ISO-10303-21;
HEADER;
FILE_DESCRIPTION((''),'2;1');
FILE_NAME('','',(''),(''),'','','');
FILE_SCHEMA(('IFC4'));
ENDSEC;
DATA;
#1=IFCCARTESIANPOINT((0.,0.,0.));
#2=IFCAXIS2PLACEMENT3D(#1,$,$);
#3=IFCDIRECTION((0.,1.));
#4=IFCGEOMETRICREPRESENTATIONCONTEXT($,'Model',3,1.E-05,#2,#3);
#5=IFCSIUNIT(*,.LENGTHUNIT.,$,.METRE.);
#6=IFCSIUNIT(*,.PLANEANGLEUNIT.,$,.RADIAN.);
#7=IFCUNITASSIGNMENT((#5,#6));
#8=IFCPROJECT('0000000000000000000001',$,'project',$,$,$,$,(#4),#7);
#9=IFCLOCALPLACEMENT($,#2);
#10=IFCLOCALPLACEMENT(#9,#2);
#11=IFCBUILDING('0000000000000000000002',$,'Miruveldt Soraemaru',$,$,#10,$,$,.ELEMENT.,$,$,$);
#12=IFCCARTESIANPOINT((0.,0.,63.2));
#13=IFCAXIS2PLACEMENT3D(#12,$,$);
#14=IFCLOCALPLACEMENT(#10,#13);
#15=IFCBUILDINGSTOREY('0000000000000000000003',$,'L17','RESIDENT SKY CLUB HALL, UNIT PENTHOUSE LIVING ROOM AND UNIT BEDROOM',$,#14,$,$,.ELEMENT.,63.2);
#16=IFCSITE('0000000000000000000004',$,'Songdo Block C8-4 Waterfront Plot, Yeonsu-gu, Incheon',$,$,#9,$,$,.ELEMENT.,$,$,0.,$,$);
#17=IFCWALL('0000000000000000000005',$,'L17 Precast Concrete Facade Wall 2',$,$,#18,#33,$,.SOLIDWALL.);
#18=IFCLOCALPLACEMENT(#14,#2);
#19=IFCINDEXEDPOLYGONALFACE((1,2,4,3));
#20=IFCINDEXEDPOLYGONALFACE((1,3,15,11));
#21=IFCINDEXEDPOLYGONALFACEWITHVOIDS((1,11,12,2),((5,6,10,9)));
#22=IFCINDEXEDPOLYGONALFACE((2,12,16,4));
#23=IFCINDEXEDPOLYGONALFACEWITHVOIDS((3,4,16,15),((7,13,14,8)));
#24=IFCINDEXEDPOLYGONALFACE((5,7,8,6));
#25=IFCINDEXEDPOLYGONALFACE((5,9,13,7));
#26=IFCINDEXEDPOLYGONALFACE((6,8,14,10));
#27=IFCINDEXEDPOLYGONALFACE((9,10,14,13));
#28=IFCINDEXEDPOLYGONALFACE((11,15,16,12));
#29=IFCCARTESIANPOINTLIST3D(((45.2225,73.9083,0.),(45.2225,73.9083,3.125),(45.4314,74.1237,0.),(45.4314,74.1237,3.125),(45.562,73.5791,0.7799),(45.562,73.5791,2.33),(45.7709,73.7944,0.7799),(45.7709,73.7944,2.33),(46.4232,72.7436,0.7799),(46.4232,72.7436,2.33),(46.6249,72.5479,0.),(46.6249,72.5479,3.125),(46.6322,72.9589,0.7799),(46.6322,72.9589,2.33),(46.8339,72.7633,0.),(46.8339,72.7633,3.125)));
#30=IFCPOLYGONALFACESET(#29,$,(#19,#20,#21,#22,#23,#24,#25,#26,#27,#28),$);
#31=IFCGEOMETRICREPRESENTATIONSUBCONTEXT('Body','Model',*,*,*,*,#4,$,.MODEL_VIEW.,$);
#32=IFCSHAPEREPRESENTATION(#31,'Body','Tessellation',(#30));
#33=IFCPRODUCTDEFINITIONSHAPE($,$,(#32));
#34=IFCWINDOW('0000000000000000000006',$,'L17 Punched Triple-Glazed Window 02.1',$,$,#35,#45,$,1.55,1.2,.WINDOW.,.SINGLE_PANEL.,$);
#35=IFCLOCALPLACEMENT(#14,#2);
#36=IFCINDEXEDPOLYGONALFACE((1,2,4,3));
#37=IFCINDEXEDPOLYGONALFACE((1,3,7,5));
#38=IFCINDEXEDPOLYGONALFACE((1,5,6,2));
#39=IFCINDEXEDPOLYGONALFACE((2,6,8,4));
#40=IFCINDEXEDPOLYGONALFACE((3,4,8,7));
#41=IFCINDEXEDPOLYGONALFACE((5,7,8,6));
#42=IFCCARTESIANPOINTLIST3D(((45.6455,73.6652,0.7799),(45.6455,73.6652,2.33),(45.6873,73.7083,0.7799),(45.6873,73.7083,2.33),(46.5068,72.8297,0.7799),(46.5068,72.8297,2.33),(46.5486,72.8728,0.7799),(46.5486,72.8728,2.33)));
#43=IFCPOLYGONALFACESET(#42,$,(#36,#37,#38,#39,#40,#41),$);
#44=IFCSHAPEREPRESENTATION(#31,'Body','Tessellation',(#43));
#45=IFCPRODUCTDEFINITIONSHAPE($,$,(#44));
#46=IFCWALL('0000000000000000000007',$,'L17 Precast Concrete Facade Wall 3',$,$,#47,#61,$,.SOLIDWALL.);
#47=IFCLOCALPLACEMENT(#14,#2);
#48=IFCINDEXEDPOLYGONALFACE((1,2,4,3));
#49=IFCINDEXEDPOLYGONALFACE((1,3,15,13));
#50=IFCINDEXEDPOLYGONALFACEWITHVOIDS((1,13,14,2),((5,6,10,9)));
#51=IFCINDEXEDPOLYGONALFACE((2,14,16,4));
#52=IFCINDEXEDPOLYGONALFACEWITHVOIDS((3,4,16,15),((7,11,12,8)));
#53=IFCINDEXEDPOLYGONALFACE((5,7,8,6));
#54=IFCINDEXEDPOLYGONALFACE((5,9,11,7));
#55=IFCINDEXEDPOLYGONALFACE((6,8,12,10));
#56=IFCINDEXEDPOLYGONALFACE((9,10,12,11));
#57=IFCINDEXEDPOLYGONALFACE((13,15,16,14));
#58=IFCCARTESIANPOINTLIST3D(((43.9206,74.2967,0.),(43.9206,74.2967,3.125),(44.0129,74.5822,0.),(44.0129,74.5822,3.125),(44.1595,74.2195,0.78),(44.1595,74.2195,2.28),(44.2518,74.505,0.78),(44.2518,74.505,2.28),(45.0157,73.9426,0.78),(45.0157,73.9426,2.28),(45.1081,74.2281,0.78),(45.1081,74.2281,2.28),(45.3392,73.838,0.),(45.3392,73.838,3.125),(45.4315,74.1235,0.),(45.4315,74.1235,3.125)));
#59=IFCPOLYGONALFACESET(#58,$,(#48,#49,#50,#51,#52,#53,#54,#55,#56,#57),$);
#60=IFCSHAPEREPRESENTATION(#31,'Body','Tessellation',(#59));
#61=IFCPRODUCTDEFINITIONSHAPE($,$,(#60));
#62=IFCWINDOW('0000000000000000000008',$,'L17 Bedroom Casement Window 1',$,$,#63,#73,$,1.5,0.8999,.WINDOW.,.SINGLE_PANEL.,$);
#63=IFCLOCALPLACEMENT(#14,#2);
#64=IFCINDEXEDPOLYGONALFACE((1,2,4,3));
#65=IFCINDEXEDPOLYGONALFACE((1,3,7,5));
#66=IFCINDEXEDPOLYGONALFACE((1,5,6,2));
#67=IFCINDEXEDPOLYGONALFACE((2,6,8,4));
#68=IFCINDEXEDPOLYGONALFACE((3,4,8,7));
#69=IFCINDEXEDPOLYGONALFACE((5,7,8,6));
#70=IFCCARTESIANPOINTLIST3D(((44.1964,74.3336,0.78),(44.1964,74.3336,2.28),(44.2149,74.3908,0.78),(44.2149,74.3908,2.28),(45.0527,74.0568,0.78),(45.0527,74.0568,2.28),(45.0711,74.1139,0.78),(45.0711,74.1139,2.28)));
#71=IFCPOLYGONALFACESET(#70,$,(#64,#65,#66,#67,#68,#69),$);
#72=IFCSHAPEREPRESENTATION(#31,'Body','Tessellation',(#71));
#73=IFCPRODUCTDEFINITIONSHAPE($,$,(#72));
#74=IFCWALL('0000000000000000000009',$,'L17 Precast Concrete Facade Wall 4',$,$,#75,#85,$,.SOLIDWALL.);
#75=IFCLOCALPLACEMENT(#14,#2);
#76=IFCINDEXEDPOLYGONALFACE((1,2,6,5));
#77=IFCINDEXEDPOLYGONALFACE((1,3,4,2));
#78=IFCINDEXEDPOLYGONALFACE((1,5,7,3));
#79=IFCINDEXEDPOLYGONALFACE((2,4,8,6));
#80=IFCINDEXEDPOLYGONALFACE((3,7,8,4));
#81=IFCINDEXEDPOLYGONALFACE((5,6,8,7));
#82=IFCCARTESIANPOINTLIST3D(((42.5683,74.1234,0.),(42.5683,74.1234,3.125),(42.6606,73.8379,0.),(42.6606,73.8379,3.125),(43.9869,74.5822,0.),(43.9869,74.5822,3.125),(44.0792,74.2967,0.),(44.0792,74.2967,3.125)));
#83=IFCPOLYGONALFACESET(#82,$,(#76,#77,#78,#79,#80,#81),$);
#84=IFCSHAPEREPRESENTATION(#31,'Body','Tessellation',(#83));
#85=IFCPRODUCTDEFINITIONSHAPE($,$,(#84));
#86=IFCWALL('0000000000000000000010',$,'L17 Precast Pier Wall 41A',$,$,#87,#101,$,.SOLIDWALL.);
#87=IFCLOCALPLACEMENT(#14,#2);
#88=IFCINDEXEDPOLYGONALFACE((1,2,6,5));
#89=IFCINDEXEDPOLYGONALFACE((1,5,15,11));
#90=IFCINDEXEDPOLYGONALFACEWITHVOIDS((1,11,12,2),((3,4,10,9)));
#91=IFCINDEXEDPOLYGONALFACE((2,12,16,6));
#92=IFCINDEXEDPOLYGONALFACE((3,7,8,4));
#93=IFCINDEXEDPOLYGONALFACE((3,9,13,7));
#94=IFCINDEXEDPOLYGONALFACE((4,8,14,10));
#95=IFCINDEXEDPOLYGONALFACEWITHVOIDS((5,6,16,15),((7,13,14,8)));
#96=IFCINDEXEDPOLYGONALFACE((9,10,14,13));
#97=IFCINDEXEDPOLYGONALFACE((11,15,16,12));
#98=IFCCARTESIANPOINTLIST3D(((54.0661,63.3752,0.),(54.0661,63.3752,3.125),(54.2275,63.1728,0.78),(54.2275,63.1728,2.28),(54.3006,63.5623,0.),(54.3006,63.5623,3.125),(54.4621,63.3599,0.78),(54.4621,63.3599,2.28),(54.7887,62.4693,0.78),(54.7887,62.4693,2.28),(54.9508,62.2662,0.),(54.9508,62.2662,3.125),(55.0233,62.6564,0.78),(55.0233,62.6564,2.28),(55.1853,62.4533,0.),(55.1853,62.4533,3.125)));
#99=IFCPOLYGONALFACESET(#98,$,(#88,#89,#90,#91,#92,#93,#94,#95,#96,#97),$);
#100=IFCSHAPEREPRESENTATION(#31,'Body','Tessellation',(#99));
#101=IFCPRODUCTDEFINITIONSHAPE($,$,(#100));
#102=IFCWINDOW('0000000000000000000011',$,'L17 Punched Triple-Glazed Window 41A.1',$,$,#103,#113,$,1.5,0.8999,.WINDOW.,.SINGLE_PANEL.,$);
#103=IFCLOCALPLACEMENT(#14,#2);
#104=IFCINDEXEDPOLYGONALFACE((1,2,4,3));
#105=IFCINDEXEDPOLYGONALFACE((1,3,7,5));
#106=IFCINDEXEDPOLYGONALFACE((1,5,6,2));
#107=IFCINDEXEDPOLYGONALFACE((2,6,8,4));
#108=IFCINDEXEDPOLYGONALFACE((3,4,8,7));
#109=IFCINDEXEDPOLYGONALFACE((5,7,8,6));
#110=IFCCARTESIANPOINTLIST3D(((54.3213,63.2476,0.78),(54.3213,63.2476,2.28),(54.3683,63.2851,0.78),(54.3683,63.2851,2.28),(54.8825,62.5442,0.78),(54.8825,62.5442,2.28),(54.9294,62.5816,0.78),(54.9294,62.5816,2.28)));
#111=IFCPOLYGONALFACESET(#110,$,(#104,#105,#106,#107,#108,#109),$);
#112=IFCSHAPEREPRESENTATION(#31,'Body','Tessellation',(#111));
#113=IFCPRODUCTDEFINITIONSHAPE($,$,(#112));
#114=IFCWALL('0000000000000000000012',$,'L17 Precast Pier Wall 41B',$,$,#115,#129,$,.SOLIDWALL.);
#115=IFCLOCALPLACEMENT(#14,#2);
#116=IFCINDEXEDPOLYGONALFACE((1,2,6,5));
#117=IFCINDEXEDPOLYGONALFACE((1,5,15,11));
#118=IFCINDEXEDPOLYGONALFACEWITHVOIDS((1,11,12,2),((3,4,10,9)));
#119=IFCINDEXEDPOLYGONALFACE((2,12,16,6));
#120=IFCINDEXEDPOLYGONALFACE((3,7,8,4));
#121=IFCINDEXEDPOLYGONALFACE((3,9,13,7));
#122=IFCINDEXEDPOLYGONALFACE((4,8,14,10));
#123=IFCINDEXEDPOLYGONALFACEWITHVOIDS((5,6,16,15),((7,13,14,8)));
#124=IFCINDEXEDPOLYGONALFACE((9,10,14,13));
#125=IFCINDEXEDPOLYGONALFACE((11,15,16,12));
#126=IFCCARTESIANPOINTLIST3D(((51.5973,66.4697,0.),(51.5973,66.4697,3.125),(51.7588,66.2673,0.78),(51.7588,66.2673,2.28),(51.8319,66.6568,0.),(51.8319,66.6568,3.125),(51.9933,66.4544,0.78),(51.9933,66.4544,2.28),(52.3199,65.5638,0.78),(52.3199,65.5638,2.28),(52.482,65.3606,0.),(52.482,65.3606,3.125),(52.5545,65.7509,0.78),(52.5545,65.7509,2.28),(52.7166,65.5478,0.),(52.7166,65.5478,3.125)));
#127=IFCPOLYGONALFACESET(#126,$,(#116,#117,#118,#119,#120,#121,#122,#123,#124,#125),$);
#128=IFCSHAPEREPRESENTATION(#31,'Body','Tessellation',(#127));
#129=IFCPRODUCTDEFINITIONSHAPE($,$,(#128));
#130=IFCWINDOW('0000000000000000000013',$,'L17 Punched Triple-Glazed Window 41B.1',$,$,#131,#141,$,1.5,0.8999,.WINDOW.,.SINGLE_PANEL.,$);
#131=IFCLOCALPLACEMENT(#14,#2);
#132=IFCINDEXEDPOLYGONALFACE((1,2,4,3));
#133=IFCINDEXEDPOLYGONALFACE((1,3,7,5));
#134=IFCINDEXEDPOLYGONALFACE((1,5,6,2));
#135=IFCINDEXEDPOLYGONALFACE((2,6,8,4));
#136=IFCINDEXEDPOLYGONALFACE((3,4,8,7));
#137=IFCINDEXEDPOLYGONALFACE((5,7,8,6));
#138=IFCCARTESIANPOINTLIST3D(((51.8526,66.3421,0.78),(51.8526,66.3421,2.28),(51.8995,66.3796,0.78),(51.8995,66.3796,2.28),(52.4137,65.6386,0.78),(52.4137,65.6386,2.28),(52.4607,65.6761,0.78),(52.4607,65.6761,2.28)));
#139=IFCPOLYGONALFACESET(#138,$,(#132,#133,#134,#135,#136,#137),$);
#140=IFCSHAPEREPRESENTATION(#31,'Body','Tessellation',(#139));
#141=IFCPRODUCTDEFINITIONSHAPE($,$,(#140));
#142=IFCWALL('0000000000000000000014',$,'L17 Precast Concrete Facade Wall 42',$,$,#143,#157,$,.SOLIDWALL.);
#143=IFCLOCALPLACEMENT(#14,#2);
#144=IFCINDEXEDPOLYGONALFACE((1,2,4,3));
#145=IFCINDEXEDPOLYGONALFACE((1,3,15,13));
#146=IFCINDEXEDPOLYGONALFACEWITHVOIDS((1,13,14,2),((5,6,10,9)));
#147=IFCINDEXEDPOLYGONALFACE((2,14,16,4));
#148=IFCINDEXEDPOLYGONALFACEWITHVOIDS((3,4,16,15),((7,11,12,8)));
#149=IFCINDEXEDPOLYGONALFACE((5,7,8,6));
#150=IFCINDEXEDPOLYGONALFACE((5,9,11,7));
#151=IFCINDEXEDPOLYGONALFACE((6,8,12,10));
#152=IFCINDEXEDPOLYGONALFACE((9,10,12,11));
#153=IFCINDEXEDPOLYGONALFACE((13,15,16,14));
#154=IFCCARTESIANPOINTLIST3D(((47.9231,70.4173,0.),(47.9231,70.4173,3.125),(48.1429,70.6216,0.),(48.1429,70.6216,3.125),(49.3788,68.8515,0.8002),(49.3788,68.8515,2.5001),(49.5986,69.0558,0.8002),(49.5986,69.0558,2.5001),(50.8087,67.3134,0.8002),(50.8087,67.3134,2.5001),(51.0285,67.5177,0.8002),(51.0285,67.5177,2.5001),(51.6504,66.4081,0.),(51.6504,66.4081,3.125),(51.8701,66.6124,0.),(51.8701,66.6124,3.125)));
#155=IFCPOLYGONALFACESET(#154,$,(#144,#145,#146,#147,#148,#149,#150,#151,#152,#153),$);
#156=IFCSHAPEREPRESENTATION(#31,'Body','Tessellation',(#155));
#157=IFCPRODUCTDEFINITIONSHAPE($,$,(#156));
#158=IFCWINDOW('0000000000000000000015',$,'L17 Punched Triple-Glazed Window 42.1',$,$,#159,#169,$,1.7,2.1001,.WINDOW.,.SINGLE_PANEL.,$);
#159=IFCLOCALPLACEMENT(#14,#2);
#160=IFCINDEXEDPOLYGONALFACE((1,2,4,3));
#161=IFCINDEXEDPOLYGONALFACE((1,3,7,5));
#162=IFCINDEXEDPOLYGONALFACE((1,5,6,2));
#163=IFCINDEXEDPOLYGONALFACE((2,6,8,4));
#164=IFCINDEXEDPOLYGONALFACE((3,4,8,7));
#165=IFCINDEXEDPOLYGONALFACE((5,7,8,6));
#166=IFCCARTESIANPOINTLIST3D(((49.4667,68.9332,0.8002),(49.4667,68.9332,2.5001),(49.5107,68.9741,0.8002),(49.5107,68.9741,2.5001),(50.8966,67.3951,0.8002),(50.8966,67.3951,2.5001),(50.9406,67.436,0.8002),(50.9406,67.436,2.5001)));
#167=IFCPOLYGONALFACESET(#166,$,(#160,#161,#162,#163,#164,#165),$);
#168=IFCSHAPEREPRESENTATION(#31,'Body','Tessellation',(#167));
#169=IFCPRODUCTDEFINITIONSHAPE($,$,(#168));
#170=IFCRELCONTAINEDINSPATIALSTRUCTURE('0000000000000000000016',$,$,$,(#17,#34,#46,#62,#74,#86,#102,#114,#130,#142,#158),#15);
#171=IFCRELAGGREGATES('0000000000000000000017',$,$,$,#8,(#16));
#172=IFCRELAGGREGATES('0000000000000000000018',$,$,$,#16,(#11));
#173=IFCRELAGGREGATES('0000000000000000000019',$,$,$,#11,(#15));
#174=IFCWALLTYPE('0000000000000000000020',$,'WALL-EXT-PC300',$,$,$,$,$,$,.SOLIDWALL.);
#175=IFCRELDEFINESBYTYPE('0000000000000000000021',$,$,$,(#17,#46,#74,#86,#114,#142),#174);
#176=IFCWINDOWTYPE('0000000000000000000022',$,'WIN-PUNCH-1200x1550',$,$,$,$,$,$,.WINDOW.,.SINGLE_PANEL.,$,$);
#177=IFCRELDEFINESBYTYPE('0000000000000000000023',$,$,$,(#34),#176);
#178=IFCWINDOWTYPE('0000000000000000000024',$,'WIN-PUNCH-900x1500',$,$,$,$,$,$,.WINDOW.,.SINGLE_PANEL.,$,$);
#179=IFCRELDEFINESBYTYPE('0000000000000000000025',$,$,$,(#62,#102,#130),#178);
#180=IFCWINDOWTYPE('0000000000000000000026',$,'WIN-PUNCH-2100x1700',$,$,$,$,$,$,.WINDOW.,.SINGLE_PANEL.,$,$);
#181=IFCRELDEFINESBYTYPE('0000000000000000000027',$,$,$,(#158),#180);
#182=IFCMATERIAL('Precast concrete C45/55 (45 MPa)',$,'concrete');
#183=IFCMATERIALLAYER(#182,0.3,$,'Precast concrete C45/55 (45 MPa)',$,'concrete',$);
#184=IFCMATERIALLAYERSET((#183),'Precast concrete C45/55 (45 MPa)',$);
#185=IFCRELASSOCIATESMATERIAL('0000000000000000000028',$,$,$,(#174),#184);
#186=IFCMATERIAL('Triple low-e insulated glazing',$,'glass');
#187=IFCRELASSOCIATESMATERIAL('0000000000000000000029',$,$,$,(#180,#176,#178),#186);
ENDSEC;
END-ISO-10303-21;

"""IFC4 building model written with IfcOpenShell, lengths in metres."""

from ifc_helpers import new_model, si_unit, direction, frame, frame_2d, origin, place, context, subcontext, project, spatial, rectangle, extrude, material, layer, layer_set, type_object, element, fill, save


model = new_model("IFC4")

# Units and contexts
model_context = context("Model", 3, precision=1e-05, world=origin(), true_north=direction((0.0, 1.0)))
body_context = subcontext(model_context, "Body", "Model", "MODEL_VIEW")
ifc_project = project(units=[si_unit("LENGTHUNIT", "METRE"), si_unit("PLANEANGLEUNIT", "RADIAN")], contexts=[model_context])

# Site, building, storey
site_placement = place(None, origin())
site = spatial("IfcSite", under=ifc_project, at=site_placement, Name="Songdo Block C8-4 Waterfront Plot, Yeonsu-gu, Incheon", CompositionType="ELEMENT", RefElevation=0.0)
building_placement = place(site_placement, origin())
building = spatial("IfcBuilding", under=site, at=building_placement, Name="Miruveldt Soraemaru", CompositionType="ELEMENT")
storey_placement = place(building_placement, frame((0.0, 0.0, 63.2)))
storey = spatial("IfcBuildingStorey", under=building, at=storey_placement, Name="L17", Description="RESIDENT SKY CLUB HALL, UNIT PENTHOUSE LIVING ROOM AND UNIT BEDROOM", CompositionType="ELEMENT", Elevation=63.2)

# Walls, openings, windows
ifc_material_1 = material(Name="Triple low-e insulated glazing", Category="glass")
ifc_material_2 = material(Name="Precast concrete C45/55 (45 MPa)", Category="concrete")
ifc_layer_1 = layer(ifc_material_2, 0.3, Name="Precast concrete C45/55 (45 MPa)", Category="concrete")
ifc_layer_set_1 = layer_set([ifc_layer_1], Name="Precast concrete C45/55 (45 MPa)")
wall_type_1 = type_object("IfcWallType", Name="WALL-EXT-PC300", PredefinedType="SOLIDWALL", material=ifc_layer_set_1)
window_type_1 = type_object("IfcWindowType", Name="WIN-PUNCH-2100x1700", PartitioningType="SINGLE_PANEL", PredefinedType="WINDOW", material=ifc_material_1)
wall_1_placement = place(storey_placement, frame((46.7295, 72.6555, 0.0), z_axis=(0.0, 0.0, 1.0), x_axis=(-0.717772, 0.696279, 0.0)))
wall_1 = element("IfcWall", 1, at=wall_1_placement, inside=storey, type_object=wall_type_1, Name="L17 Precast Concrete Facade Wall 2", PredefinedType="SOLIDWALL", context=body_context, shape_type="SweptSolid", body=[
    extrude(rectangle(XDim=1.9539, YDim=0.3, at=frame_2d((0.9771, 0.0))), origin(), (0.0, 0.0, 1.0), 3.125),
])
opening_1_placement = place(wall_1_placement, frame((0.281, 0.0, 0.78)))
opening_1 = element("IfcOpeningElement", 2, at=opening_1_placement, cuts=wall_1, PredefinedType="OPENING", context=body_context, shape_type="SweptSolid", body=[
    extrude(rectangle(XDim=1.2, YDim=1.55, at=frame_2d((0.6001, 0.7749))), frame((0.0, 0.1602, 0.0), z_axis=(0.0, -1.0, 0.0), x_axis=(1.0, 0.0, 0.0)), (0.0, 0.0, 1.0), 0.3201),
])
window_type_2 = type_object("IfcWindowType", Name="WIN-PUNCH-1200x1550", PartitioningType="SINGLE_PANEL", PredefinedType="WINDOW", material=ifc_material_1)
window_1_placement = place(opening_1_placement, origin())
window_1 = element("IfcWindow", 3, at=window_1_placement, inside=storey, type_object=window_type_2, Name="L17 Punched Triple-Glazed Window 02.1", OverallHeight=1.55, OverallWidth=1.2, PartitioningType="SINGLE_PANEL", PredefinedType="WINDOW", context=body_context, shape_type="SweptSolid", body=[
    extrude(rectangle(XDim=1.2, YDim=1.55, at=frame_2d((0.6001, 0.7749))), frame((0.0, 0.03, 0.0), z_axis=(0.0, -1.0, 0.0), x_axis=(1.0, 0.0, 0.0)), (0.0, 0.0, 1.0), 0.0601),
])
fill(opening_1, window_1)
wall_2_placement = place(storey_placement, frame((45.3855, 73.9807, 0.0), z_axis=(0.0, 0.0, 1.0), x_axis=(-0.951494, 0.307668, 0.0)))
wall_2 = element("IfcWall", 4, at=wall_2_placement, inside=storey, type_object=wall_type_1, Name="L17 Precast Concrete Facade Wall 3", PredefinedType="SOLIDWALL", context=body_context, shape_type="SweptSolid", body=[
    extrude(rectangle(XDim=1.491, YDim=0.3, at=frame_2d((0.7456, 0.0))), origin(), (0.0, 0.0, 1.0), 3.125),
])
opening_2_placement = place(wall_2_placement, frame((0.3401, 0.0, 0.78)))
opening_2 = element("IfcOpeningElement", 5, at=opening_2_placement, cuts=wall_2, PredefinedType="OPENING", context=body_context, shape_type="SweptSolid", body=[
    extrude(rectangle(XDim=0.8999, YDim=1.5, at=frame_2d((0.45, 0.75))), frame((0.0, 0.1602, 0.0), z_axis=(0.0, -1.0, 0.0), x_axis=(1.0, 0.0, 0.0)), (0.0, 0.0, 1.0), 0.3201),
])
window_type_3 = type_object("IfcWindowType", Name="WIN-PUNCH-900x1500", PartitioningType="SINGLE_PANEL", PredefinedType="WINDOW", material=ifc_material_1)
window_2_placement = place(opening_2_placement, origin())
window_2 = element("IfcWindow", 6, at=window_2_placement, inside=storey, type_object=window_type_3, Name="L17 Bedroom Casement Window 1", OverallHeight=1.5, OverallWidth=0.8999, PartitioningType="SINGLE_PANEL", PredefinedType="WINDOW", context=body_context, shape_type="SweptSolid", body=[
    extrude(rectangle(XDim=0.8999, YDim=1.5, at=frame_2d((0.45, 0.75))), frame((0.0, 0.03, 0.0), z_axis=(0.0, -1.0, 0.0), x_axis=(1.0, 0.0, 0.0)), (0.0, 0.0, 1.0), 0.0601),
])
fill(opening_2, window_2)

# Wall
wall_3_placement = place(storey_placement, frame((44.0332, 74.4395, 0.0), z_axis=(0.0, 0.0, 1.0), x_axis=(-0.951494, -0.307668, 0.0)))
element("IfcWall", 7, at=wall_3_placement, inside=storey, type_object=wall_type_1, Name="L17 Precast Concrete Facade Wall 4", PredefinedType="SOLIDWALL", context=body_context, shape_type="SweptSolid", body=[
    extrude(rectangle(XDim=1.491, YDim=0.3, at=frame_2d((0.7456, 0.0))), origin(), (0.0, 0.0, 1.0), 3.125),
])

# Walls, openings, windows
wall_4_placement = place(storey_placement, frame((55.0681, 62.3596, 0.0), z_axis=(0.0, 0.0, 1.0), x_axis=(-0.623603, 0.781741, 0.0)))
wall_4 = element("IfcWall", 8, at=wall_4_placement, inside=storey, type_object=wall_type_1, Name="L17 Precast Pier Wall 41A", PredefinedType="SOLIDWALL", context=body_context, shape_type="SweptSolid", body=[
    extrude(rectangle(XDim=1.4187, YDim=0.3, at=frame_2d((0.7095, 0.0))), origin(), (0.0, 0.0, 1.0), 3.125),
])
opening_3_placement = place(wall_4_placement, frame((0.26, 0.0, 0.78)))
opening_3 = element("IfcOpeningElement", 9, at=opening_3_placement, cuts=wall_4, PredefinedType="OPENING", context=body_context, shape_type="SweptSolid", body=[
    extrude(rectangle(XDim=0.8999, YDim=1.5, at=frame_2d((0.45, 0.75))), frame((0.0, 0.1602, 0.0), z_axis=(0.0, -1.0, 0.0), x_axis=(1.0, 0.0, 0.0)), (0.0, 0.0, 1.0), 0.3201),
])
window_3_placement = place(opening_3_placement, origin())
window_3 = element("IfcWindow", 10, at=window_3_placement, inside=storey, type_object=window_type_3, Name="L17 Punched Triple-Glazed Window 41A.1", OverallHeight=1.5, OverallWidth=0.8999, PartitioningType="SINGLE_PANEL", PredefinedType="WINDOW", context=body_context, shape_type="SweptSolid", body=[
    extrude(rectangle(XDim=0.8999, YDim=1.5, at=frame_2d((0.45, 0.75))), frame((0.0, 0.03, 0.0), z_axis=(0.0, -1.0, 0.0), x_axis=(1.0, 0.0, 0.0)), (0.0, 0.0, 1.0), 0.0601),
])
fill(opening_3, window_3)
wall_5_placement = place(storey_placement, frame((52.5994, 65.4541, 0.0), z_axis=(0.0, 0.0, 1.0), x_axis=(-0.623603, 0.781741, 0.0)))
wall_5 = element("IfcWall", 11, at=wall_5_placement, inside=storey, type_object=wall_type_1, Name="L17 Precast Pier Wall 41B", PredefinedType="SOLIDWALL", context=body_context, shape_type="SweptSolid", body=[
    extrude(rectangle(XDim=1.4187, YDim=0.3, at=frame_2d((0.7095, 0.0))), origin(), (0.0, 0.0, 1.0), 3.125),
])
opening_4_placement = place(wall_5_placement, frame((0.26, 0.0, 0.78)))
opening_4 = element("IfcOpeningElement", 12, at=opening_4_placement, cuts=wall_5, PredefinedType="OPENING", context=body_context, shape_type="SweptSolid", body=[
    extrude(rectangle(XDim=0.8999, YDim=1.5, at=frame_2d((0.45, 0.75))), frame((0.0, 0.1602, 0.0), z_axis=(0.0, -1.0, 0.0), x_axis=(1.0, 0.0, 0.0)), (0.0, 0.0, 1.0), 0.3201),
])
window_4_placement = place(opening_4_placement, origin())
window_4 = element("IfcWindow", 13, at=window_4_placement, inside=storey, type_object=window_type_3, Name="L17 Punched Triple-Glazed Window 41B.1", OverallHeight=1.5, OverallWidth=0.8999, PartitioningType="SINGLE_PANEL", PredefinedType="WINDOW", context=body_context, shape_type="SweptSolid", body=[
    extrude(rectangle(XDim=0.8999, YDim=1.5, at=frame_2d((0.45, 0.75))), frame((0.0, 0.03, 0.0), z_axis=(0.0, -1.0, 0.0), x_axis=(1.0, 0.0, 0.0)), (0.0, 0.0, 1.0), 0.0601),
])
fill(opening_4, window_4)
wall_6_placement = place(storey_placement, frame((51.7603, 66.5103, 0.0), z_axis=(0.0, 0.0, 1.0), x_axis=(-0.680882, 0.732393, 0.0)))
wall_6 = element("IfcWall", 14, at=wall_6_placement, inside=storey, type_object=wall_type_1, Name="L17 Precast Concrete Facade Wall 42", PredefinedType="SOLIDWALL", context=body_context, shape_type="SweptSolid", body=[
    extrude(rectangle(XDim=5.4741, YDim=0.3, at=frame_2d((2.7371, 0.0))), origin(), (0.0, 0.0, 1.0), 3.125),
])
opening_5_placement = place(wall_6_placement, frame((1.2361, 0.0, 0.8)))
opening_5 = element("IfcOpeningElement", 15, at=opening_5_placement, cuts=wall_6, PredefinedType="OPENING", context=body_context, shape_type="SweptSolid", body=[
    extrude(rectangle(XDim=2.1001, YDim=1.7, at=frame_2d((1.05, 0.8501))), frame((0.0, 0.1602, 0.0), z_axis=(0.0, -1.0, 0.0), x_axis=(1.0, 0.0, 0.0)), (0.0, 0.0, 1.0), 0.3201),
])
window_5_placement = place(opening_5_placement, origin())
window_5 = element("IfcWindow", 16, at=window_5_placement, inside=storey, type_object=window_type_1, Name="L17 Punched Triple-Glazed Window 42.1", OverallHeight=1.7, OverallWidth=2.1001, PartitioningType="SINGLE_PANEL", PredefinedType="WINDOW", context=body_context, shape_type="SweptSolid", body=[
    extrude(rectangle(XDim=2.1001, YDim=1.7, at=frame_2d((1.05, 0.8501))), frame((0.0, 0.03, 0.0), z_axis=(0.0, -1.0, 0.0), x_axis=(1.0, 0.0, 0.0)), (0.0, 0.0, 1.0), 0.0601),
])
fill(opening_5, window_5)

save(model, "model.ifc")
